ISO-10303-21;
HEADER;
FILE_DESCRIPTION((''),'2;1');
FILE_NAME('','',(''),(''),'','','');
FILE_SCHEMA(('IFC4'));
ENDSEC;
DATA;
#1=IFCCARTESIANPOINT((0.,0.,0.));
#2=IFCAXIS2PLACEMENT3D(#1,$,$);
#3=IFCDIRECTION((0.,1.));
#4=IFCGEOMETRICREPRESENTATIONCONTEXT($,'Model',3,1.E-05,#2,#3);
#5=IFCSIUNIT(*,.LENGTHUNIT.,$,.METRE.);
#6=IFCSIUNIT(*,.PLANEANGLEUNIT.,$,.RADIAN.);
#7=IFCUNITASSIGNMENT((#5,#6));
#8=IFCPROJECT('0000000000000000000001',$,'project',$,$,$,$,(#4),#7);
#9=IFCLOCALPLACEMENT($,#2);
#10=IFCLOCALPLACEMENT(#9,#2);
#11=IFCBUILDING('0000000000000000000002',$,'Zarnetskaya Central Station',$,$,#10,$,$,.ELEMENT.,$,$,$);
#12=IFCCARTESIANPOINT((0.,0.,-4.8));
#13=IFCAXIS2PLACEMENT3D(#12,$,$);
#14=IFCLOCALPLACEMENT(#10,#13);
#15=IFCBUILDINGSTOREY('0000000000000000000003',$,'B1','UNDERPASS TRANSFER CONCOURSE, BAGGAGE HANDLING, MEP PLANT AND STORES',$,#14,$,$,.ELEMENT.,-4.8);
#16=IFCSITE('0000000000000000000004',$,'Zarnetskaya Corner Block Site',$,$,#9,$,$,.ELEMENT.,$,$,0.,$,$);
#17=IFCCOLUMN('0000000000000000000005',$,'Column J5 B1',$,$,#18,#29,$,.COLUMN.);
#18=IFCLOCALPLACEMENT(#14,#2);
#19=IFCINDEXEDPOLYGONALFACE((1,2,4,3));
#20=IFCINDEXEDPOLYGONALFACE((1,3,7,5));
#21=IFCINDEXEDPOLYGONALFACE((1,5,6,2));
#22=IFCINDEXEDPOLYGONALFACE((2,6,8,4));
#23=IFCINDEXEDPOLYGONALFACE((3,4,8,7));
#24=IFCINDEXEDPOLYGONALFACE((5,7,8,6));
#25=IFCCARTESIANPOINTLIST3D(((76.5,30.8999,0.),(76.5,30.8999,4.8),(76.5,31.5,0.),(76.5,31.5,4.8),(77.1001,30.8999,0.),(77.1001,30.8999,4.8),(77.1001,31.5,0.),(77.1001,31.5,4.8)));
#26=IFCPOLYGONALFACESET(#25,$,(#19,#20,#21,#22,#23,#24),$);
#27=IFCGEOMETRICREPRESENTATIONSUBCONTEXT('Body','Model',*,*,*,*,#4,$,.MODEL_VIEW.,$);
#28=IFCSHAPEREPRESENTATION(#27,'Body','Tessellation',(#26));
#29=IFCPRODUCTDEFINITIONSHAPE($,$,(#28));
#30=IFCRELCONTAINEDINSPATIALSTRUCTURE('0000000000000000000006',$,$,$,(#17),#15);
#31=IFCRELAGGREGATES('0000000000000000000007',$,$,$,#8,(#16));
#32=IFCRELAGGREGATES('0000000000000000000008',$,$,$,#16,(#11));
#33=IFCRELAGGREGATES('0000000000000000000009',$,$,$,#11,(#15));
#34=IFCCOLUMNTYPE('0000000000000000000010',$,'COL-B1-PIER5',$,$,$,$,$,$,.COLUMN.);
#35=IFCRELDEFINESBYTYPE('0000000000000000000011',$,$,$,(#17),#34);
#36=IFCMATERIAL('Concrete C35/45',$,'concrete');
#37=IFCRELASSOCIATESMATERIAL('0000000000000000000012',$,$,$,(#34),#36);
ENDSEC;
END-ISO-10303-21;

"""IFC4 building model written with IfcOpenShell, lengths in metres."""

from ifc_helpers import new_model, si_unit, direction, frame, origin, origin_2d, place, context, subcontext, project, spatial, rectangle, extrude, material, material_profile, profile_set, type_object, element, save


model = new_model("IFC4")

# Units and contexts
model_context = context("Model", 3, precision=1e-05, world=origin(), true_north=direction((0.0, 1.0)))
body_context = subcontext(model_context, "Body", "Model", "MODEL_VIEW")
ifc_project = project(units=[si_unit("LENGTHUNIT", "METRE"), si_unit("PLANEANGLEUNIT", "RADIAN")], contexts=[model_context])

# Site, building, storey
site_placement = place(None, origin())
site = spatial("IfcSite", under=ifc_project, at=site_placement, Name="Zarnetskaya Corner Block Site", CompositionType="ELEMENT", RefElevation=0.0)
building_placement = place(site_placement, origin())
building = spatial("IfcBuilding", under=site, at=building_placement, Name="Zarnetskaya Central Station", CompositionType="ELEMENT")
storey_placement = place(building_placement, frame((0.0, 0.0, -4.8)))
storey = spatial("IfcBuildingStorey", under=building, at=storey_placement, Name="B1", Description="UNDERPASS TRANSFER CONCOURSE, BAGGAGE HANDLING, MEP PLANT AND STORES", CompositionType="ELEMENT", Elevation=-4.8)

# Shared definitions
ifc_material = material(Name="Concrete C35/45", Category="concrete")

# Column
ifc_material_profile_1 = material_profile(ifc_material, rectangle(XDim=0.6001, YDim=0.6001, at=origin_2d()), Name="RC 600x600")
ifc_profile_set_1 = profile_set([ifc_material_profile_1], Name="Concrete C35/45")
column_type_1 = type_object("IfcColumnType", Name="COL-B1-PIER5", PredefinedType="COLUMN", material=ifc_profile_set_1)
column_placement = place(storey_placement, frame((76.8, 31.2, 0.0), z_axis=(0.0, 0.0, 1.0), x_axis=(1.0, 0.0, 0.0)))
element("IfcColumn", 1, at=column_placement, inside=storey, type_object=column_type_1, Name="Column J5 B1", PredefinedType="COLUMN", context=body_context, shape_type="SweptSolid", body=[
    extrude(rectangle(XDim=0.6001, YDim=0.6001, at=origin_2d()), origin(), (0.0, 0.0, 1.0), 4.8),
])

save(model, "model.ifc")
